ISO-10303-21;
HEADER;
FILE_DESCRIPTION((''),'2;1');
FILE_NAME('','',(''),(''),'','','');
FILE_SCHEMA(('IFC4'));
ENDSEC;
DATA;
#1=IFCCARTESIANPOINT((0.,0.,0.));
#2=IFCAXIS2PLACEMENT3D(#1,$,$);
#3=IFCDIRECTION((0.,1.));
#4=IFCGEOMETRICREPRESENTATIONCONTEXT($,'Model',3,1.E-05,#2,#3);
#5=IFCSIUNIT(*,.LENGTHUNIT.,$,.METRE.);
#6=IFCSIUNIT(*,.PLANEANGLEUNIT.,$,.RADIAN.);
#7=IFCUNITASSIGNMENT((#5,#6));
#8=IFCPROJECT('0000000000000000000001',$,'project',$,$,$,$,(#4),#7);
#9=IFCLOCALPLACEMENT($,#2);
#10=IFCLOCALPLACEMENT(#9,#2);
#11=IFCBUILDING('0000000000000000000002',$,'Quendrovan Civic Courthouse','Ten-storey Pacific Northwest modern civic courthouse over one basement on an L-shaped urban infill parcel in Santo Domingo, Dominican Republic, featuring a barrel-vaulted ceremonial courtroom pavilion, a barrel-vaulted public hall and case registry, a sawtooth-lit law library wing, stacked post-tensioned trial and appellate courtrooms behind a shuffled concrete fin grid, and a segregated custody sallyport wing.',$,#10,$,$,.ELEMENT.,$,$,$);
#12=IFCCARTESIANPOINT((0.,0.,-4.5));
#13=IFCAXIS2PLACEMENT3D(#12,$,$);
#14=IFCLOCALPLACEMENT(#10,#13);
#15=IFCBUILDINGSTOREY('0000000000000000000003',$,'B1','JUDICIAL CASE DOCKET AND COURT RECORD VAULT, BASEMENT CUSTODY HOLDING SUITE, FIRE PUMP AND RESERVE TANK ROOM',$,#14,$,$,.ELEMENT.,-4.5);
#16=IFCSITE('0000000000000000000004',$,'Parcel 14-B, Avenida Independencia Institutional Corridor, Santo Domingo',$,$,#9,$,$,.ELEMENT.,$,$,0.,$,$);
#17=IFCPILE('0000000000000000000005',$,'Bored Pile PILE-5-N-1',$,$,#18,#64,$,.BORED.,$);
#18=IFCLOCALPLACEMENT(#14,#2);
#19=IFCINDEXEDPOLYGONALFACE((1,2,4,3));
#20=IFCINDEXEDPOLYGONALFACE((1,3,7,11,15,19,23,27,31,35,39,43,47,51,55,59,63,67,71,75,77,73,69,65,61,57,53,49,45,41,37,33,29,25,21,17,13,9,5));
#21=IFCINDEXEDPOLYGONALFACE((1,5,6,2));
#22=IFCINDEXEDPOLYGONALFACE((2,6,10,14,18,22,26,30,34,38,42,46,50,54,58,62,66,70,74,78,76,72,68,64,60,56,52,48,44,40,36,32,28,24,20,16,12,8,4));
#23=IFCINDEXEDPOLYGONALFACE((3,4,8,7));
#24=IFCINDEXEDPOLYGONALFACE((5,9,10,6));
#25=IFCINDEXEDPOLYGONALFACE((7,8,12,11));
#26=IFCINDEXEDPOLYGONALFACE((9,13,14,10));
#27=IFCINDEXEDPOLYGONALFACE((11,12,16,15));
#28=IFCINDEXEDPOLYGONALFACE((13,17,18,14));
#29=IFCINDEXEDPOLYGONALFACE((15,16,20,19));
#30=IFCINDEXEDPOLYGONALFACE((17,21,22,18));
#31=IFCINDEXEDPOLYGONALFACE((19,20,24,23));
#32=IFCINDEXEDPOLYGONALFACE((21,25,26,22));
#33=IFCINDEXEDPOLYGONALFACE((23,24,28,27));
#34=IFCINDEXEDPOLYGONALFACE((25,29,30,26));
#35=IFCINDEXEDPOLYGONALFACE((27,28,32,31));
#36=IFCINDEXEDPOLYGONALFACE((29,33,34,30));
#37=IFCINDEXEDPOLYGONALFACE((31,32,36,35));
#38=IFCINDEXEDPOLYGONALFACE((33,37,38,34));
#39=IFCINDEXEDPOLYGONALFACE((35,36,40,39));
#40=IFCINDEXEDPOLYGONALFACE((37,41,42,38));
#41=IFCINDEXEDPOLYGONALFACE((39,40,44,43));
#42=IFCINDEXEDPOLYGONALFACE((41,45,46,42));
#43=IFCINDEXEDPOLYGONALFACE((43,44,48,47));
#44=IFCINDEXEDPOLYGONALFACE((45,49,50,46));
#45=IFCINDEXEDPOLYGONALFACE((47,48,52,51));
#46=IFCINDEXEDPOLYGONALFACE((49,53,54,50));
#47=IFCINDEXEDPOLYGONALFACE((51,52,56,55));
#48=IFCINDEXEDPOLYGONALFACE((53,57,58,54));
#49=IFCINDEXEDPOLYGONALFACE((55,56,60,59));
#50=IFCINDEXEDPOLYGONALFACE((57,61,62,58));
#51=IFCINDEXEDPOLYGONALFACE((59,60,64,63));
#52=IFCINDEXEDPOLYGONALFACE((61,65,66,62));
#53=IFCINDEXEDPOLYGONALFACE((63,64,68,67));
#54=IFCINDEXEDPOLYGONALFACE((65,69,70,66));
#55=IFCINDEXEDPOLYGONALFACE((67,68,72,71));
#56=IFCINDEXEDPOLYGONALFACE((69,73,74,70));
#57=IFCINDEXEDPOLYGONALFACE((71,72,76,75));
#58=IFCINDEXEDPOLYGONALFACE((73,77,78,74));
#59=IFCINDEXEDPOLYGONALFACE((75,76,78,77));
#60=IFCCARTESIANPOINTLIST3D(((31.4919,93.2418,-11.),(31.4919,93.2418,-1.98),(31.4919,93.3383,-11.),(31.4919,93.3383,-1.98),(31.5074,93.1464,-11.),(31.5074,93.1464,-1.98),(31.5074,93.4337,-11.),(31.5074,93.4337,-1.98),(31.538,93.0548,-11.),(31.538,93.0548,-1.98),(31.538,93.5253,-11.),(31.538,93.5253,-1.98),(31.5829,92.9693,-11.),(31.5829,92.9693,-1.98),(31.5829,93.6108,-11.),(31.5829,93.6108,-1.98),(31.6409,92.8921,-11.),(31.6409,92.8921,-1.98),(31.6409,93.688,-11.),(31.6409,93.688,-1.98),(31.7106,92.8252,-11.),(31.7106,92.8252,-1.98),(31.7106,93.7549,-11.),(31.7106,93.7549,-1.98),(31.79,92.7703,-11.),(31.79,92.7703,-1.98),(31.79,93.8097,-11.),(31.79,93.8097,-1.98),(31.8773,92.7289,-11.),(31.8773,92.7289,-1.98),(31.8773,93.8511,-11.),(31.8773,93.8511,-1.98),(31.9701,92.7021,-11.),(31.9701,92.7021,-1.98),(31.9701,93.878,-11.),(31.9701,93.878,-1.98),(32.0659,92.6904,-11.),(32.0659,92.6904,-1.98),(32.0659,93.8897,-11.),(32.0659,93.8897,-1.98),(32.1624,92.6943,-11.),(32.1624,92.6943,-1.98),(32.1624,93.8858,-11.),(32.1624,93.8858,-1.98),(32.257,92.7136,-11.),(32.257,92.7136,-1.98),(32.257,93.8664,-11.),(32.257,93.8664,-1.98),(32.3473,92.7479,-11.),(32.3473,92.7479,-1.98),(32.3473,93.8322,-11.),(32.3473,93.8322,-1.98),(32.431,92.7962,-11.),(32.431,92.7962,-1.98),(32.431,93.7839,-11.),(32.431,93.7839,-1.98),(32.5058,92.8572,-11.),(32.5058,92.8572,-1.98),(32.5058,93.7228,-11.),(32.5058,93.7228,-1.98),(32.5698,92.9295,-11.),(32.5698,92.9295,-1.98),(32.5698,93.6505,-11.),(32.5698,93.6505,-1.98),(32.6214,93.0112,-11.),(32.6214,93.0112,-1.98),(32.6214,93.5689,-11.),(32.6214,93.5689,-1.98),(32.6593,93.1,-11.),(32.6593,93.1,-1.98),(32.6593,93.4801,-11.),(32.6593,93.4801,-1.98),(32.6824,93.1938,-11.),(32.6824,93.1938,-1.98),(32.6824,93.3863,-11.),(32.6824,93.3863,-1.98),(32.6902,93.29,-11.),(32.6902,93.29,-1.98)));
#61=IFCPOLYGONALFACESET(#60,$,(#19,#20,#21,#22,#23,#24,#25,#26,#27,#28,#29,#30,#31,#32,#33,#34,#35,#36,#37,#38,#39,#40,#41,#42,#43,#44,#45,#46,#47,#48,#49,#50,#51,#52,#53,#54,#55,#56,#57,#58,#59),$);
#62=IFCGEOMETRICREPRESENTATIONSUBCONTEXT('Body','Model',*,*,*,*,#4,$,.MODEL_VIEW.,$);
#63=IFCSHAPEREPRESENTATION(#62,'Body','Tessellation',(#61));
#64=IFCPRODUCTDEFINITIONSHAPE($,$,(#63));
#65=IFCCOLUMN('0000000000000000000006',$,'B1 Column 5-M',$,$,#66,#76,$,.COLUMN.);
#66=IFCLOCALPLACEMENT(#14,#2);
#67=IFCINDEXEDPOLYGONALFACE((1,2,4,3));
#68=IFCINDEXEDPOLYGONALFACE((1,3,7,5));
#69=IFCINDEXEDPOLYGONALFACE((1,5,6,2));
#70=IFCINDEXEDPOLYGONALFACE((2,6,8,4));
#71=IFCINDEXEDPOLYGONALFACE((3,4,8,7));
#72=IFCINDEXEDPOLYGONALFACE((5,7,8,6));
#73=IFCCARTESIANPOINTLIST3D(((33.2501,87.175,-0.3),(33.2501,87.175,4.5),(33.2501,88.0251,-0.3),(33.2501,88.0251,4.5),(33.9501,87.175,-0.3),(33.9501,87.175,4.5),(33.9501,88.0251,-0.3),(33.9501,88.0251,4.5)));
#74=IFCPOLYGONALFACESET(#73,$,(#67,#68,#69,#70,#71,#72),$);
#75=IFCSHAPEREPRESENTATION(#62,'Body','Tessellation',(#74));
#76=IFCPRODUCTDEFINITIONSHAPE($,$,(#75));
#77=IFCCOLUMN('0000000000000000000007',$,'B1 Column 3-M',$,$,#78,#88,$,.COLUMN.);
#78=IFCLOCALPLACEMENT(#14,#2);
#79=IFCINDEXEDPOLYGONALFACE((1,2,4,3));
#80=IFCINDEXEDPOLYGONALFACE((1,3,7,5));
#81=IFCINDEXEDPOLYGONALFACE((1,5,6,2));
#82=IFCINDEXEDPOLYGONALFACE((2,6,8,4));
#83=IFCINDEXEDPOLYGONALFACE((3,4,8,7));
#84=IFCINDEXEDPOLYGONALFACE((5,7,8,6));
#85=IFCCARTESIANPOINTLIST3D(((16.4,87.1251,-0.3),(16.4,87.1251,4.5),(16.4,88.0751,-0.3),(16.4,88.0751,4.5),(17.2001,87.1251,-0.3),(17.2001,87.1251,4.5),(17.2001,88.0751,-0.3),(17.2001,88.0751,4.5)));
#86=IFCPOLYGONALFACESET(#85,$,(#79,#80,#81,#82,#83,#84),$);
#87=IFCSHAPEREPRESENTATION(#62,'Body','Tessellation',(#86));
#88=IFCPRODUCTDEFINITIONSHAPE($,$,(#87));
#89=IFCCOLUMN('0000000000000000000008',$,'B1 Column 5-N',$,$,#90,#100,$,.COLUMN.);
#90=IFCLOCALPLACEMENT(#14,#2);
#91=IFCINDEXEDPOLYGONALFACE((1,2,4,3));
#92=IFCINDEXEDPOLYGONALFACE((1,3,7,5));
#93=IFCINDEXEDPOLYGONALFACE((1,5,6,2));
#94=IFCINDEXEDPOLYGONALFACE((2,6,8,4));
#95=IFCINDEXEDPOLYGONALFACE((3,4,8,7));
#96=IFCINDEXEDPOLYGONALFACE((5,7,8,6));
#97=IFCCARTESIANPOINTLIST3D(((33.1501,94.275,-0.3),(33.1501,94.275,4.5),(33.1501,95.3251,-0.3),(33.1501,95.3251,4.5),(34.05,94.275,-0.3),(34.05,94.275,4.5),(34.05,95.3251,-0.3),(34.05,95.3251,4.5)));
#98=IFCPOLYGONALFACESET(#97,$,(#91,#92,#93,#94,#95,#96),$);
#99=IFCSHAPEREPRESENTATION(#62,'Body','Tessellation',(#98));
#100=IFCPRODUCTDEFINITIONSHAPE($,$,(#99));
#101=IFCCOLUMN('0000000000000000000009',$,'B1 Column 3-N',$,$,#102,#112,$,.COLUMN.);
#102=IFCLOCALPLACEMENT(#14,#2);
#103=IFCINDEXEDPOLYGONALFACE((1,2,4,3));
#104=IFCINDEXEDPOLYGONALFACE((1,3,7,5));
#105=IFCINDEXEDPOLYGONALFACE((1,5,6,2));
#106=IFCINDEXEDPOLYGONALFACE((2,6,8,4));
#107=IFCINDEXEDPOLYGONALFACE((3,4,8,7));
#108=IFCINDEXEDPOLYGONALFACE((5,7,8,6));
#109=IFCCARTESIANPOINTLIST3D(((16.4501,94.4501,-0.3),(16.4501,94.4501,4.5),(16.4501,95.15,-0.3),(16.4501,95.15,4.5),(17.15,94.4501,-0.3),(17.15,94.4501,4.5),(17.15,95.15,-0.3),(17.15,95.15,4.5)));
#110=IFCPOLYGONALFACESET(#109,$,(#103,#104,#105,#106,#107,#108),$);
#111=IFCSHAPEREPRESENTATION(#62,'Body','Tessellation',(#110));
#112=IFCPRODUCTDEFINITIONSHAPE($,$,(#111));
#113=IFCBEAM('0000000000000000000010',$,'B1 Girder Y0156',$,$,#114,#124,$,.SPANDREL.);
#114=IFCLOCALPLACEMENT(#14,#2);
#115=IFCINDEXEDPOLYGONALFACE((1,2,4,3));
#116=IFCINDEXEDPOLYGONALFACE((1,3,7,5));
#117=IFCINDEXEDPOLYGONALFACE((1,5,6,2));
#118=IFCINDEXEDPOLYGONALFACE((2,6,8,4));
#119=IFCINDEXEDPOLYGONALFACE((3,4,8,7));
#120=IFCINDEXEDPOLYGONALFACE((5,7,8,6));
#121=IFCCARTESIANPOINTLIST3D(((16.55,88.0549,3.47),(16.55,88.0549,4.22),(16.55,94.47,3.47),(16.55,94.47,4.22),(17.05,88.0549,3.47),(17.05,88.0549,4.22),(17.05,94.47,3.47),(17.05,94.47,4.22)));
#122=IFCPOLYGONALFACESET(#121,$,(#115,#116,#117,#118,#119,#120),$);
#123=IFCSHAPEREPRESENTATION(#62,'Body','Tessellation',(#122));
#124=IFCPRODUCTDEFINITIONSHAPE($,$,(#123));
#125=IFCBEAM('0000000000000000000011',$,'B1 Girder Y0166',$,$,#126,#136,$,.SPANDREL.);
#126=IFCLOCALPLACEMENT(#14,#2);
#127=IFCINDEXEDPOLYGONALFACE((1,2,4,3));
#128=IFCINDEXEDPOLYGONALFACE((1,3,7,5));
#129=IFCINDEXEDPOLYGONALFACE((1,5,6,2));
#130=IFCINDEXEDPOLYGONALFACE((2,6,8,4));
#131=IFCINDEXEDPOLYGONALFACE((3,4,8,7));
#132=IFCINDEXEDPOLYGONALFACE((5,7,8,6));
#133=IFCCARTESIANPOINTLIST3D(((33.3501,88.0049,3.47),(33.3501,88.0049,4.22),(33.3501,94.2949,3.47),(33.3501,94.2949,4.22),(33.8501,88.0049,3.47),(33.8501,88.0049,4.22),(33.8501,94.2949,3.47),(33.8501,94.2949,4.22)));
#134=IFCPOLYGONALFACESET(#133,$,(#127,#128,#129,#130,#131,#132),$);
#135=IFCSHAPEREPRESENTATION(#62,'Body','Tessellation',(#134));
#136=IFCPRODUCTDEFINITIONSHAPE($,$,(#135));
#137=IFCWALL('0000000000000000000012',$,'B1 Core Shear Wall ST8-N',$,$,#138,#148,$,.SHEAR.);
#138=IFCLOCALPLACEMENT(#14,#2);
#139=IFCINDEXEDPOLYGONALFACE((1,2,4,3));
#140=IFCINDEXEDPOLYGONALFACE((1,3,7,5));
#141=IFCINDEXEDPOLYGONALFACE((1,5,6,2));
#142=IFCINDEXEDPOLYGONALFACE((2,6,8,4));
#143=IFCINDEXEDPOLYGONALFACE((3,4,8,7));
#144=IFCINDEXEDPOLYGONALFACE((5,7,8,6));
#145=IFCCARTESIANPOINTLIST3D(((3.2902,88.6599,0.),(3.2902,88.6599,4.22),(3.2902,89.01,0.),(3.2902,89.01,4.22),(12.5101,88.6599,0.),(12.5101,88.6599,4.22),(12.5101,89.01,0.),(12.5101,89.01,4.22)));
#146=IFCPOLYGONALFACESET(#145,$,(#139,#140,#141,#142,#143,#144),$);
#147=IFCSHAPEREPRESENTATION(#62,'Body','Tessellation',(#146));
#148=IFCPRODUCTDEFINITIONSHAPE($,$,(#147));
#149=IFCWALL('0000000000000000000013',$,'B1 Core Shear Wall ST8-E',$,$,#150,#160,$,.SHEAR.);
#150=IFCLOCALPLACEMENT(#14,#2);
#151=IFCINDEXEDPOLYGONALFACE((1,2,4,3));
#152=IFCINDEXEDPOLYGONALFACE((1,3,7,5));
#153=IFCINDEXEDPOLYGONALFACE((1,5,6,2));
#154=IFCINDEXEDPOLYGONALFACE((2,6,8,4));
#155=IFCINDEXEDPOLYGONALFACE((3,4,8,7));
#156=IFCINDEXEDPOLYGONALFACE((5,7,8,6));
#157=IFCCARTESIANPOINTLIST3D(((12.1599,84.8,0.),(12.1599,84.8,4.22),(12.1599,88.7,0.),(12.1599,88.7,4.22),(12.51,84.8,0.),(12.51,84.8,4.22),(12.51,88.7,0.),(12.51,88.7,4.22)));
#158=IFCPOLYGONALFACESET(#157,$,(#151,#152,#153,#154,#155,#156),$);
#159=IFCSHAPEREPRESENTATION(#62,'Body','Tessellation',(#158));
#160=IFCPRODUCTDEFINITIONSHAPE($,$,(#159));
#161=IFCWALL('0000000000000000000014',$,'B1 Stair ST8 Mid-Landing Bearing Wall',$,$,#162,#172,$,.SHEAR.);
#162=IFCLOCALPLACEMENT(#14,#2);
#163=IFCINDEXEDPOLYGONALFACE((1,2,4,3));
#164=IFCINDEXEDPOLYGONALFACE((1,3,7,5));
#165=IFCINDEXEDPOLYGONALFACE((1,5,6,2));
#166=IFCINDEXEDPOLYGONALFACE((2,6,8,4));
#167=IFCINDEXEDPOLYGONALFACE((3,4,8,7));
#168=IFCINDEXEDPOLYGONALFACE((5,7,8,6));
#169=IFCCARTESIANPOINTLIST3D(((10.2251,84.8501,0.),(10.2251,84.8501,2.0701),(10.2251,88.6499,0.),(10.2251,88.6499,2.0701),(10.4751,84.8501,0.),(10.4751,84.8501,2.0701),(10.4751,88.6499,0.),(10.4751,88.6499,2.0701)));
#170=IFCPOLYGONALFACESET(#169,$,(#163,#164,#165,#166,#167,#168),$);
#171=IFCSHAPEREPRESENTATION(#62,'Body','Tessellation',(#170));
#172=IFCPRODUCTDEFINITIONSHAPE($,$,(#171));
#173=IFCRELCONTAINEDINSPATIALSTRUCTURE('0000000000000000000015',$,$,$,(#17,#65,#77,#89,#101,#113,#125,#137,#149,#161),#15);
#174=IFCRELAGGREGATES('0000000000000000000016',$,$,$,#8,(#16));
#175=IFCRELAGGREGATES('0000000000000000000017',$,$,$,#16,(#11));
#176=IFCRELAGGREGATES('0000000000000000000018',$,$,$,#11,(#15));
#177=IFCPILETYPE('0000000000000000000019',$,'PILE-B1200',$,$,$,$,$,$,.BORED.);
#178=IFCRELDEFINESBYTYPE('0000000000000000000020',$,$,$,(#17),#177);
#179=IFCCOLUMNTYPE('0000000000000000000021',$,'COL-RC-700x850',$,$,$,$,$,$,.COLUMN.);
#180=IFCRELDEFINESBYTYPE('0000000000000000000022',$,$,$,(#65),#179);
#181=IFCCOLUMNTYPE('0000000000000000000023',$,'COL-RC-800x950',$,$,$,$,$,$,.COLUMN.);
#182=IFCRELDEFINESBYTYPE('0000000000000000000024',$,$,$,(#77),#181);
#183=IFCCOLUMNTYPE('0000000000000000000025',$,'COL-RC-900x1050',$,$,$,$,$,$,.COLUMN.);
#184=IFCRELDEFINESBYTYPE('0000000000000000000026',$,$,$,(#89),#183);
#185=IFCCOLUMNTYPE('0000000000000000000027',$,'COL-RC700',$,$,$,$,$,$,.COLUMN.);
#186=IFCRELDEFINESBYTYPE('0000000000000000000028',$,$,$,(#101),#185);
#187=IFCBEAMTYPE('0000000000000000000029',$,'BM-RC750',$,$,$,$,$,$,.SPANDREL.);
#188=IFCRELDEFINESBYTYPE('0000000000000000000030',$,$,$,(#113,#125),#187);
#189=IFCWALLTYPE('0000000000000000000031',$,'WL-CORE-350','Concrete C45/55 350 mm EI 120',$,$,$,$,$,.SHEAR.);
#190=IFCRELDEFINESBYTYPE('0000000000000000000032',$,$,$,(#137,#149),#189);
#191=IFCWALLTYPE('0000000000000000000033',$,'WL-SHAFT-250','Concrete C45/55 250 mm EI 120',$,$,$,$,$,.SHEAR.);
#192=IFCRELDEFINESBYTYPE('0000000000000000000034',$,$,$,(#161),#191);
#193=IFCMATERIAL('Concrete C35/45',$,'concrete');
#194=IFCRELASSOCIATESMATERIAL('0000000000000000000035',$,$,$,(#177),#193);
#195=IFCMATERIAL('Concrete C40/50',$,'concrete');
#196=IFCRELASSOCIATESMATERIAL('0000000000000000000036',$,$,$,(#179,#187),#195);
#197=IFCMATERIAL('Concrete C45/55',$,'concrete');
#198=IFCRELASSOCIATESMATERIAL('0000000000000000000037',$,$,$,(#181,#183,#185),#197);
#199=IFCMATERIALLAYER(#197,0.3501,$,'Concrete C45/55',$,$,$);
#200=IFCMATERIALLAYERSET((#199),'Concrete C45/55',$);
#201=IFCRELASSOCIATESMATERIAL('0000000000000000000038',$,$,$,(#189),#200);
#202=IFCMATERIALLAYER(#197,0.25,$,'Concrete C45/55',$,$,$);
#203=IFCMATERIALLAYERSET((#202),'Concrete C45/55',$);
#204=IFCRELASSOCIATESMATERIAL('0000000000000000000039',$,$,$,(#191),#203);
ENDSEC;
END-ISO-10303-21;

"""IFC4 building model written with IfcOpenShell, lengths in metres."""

from ifc_helpers import new_model, si_unit, direction, frame, frame_2d, origin, origin_2d, place, context, subcontext, project, spatial, rectangle, circle, extrude, material, layer, layer_set, material_profile, profile_set, type_object, element, save


model = new_model("IFC4")

# Units and contexts
model_context = context("Model", 3, precision=1e-05, world=origin(), true_north=direction((0.0, 1.0)))
body_context = subcontext(model_context, "Body", "Model", "MODEL_VIEW")
ifc_project = project(units=[si_unit("LENGTHUNIT", "METRE"), si_unit("PLANEANGLEUNIT", "RADIAN")], contexts=[model_context])

# Site, building, storey
site_placement = place(None, origin())
site = spatial("IfcSite", under=ifc_project, at=site_placement, Name="Parcel 14-B, Avenida Independencia Institutional Corridor, Santo Domingo", CompositionType="ELEMENT", RefElevation=0.0)
building_placement = place(site_placement, origin())
building = spatial("IfcBuilding", under=site, at=building_placement, Name="Quendrovan Civic Courthouse", Description="Ten-storey Pacific Northwest modern civic courthouse over one basement on an L-shaped urban infill parcel in Santo Domingo, Dominican Republic, featuring a barrel-vaulted ceremonial courtroom pavilion, a barrel-vaulted public hall and case registry, a sawtooth-lit law library wing, stacked post-tensioned trial and appellate courtrooms behind a shuffled concrete fin grid, and a segregated custody sallyport wing.", CompositionType="ELEMENT")
storey_placement = place(building_placement, frame((0.0, 0.0, -4.5)))
storey = spatial("IfcBuildingStorey", under=building, at=storey_placement, Name="B1", Description="JUDICIAL CASE DOCKET AND COURT RECORD VAULT, BASEMENT CUSTODY HOLDING SUITE, FIRE PUMP AND RESERVE TANK ROOM", CompositionType="ELEMENT", Elevation=-4.5)

# Shared definitions
ifc_material_1 = material(Name="Concrete C35/45", Category="concrete")

# Pile
ifc_material_profile_1 = material_profile(ifc_material_1, circle(Radius=0.6001, at=origin_2d()), Name="PILE-D1200")
ifc_profile_set_1 = profile_set([ifc_material_profile_1], Name="Concrete C35/45")
pile_type_1 = type_object("IfcPileType", Name="PILE-B1200", PredefinedType="BORED", material=ifc_profile_set_1)
pile_1_placement = place(storey_placement, frame((32.0901, 93.29, -1.98), z_axis=(0.0, 0.0, -1.0), x_axis=(1.0, 0.0, 0.0)))
element("IfcPile", 1, at=pile_1_placement, inside=storey, type_object=pile_type_1, Name="Bored Pile PILE-5-N-1", PredefinedType="BORED", context=body_context, shape_type="SweptSolid", body=[
    extrude(circle(Radius=0.6001, at=origin_2d()), origin(), (0.0, 0.0, 1.0), 9.02),
])

# Columns
ifc_material_2 = material(Name="Concrete C40/50", Category="concrete")
ifc_material_profile_2 = material_profile(ifc_material_2, rectangle(XDim=0.7, YDim=0.8501, at=origin_2d()), Name="RC-COL-700x850")
ifc_profile_set_2 = profile_set([ifc_material_profile_2], Name="Concrete C40/50")
column_type_1 = type_object("IfcColumnType", Name="COL-RC-700x850", PredefinedType="COLUMN", material=ifc_profile_set_2)
column_1_placement = place(storey_placement, frame((33.6001, 87.6001, -0.3), z_axis=(0.0, 0.0, 1.0), x_axis=(1.0, 0.0, 0.0)))
element("IfcColumn", 2, at=column_1_placement, inside=storey, type_object=column_type_1, Name="B1 Column 5-M", PredefinedType="COLUMN", context=body_context, shape_type="SweptSolid", body=[
    extrude(rectangle(XDim=0.7, YDim=0.8501, at=origin_2d()), origin(), (0.0, 0.0, 1.0), 4.8),
])
ifc_material_3 = material(Name="Concrete C45/55", Category="concrete")
ifc_material_profile_3 = material_profile(ifc_material_3, rectangle(XDim=0.8, YDim=0.95, at=origin_2d()), Name="RC-COL-800x950")
ifc_profile_set_3 = profile_set([ifc_material_profile_3], Name="Concrete C45/55")
column_type_2 = type_object("IfcColumnType", Name="COL-RC-800x950", PredefinedType="COLUMN", material=ifc_profile_set_3)
column_2_placement = place(storey_placement, frame((16.8, 87.6001, -0.3), z_axis=(0.0, 0.0, 1.0), x_axis=(1.0, 0.0, 0.0)))
element("IfcColumn", 3, at=column_2_placement, inside=storey, type_object=column_type_2, Name="B1 Column 3-M", PredefinedType="COLUMN", context=body_context, shape_type="SweptSolid", body=[
    extrude(rectangle(XDim=0.8, YDim=0.95, at=origin_2d()), origin(), (0.0, 0.0, 1.0), 4.8),
])
ifc_material_profile_4 = material_profile(ifc_material_3, rectangle(XDim=0.8999, YDim=1.05, at=origin_2d()), Name="RC-COL-900x1050")
ifc_profile_set_4 = profile_set([ifc_material_profile_4], Name="Concrete C45/55")
column_type_3 = type_object("IfcColumnType", Name="COL-RC-900x1050", PredefinedType="COLUMN", material=ifc_profile_set_4)
column_3_placement = place(storey_placement, frame((33.6001, 94.8, -0.3), z_axis=(0.0, 0.0, 1.0), x_axis=(1.0, 0.0, 0.0)))
element("IfcColumn", 4, at=column_3_placement, inside=storey, type_object=column_type_3, Name="B1 Column 5-N", PredefinedType="COLUMN", context=body_context, shape_type="SweptSolid", body=[
    extrude(rectangle(XDim=0.8999, YDim=1.05, at=origin_2d()), origin(), (0.0, 0.0, 1.0), 4.8),
])
ifc_material_profile_5 = material_profile(ifc_material_3, rectangle(XDim=0.7, YDim=0.7, at=origin_2d()), Name="RC-COL-700x700")
ifc_profile_set_5 = profile_set([ifc_material_profile_5], Name="Concrete C45/55")
column_type_4 = type_object("IfcColumnType", Name="COL-RC700", PredefinedType="COLUMN", material=ifc_profile_set_5)
column_4_placement = place(storey_placement, frame((16.8, 94.8, -0.3), z_axis=(0.0, 0.0, 1.0), x_axis=(1.0, 0.0, 0.0)))
element("IfcColumn", 5, at=column_4_placement, inside=storey, type_object=column_type_4, Name="B1 Column 3-N", PredefinedType="COLUMN", context=body_context, shape_type="SweptSolid", body=[
    extrude(rectangle(XDim=0.7, YDim=0.7, at=origin_2d()), origin(), (0.0, 0.0, 1.0), 4.8),
])

# Beams
ifc_material_profile_6 = material_profile(ifc_material_2, rectangle(XDim=0.5, YDim=0.75, at=origin_2d()), Name="RC-BM-500x750")
ifc_profile_set_6 = profile_set([ifc_material_profile_6], Name="Concrete C40/50")
beam_type = type_object("IfcBeamType", Name="BM-RC750", PredefinedType="SPANDREL", material=ifc_profile_set_6)
beam_1_placement = place(storey_placement, frame((16.8, 88.0549, 3.845), z_axis=(0.0, 1.0, 0.0), x_axis=(-1.0, 0.0, 0.0)))
element("IfcBeam", 6, at=beam_1_placement, inside=storey, type_object=beam_type, Name="B1 Girder Y0156", PredefinedType="SPANDREL", context=body_context, shape_type="SweptSolid", body=[
    extrude(rectangle(XDim=0.5, YDim=0.75, at=origin_2d()), origin(), (0.0, 0.0, 1.0), 6.415),
])
beam_2_placement = place(storey_placement, frame((33.6001, 88.0049, 3.845), z_axis=(0.0, 1.0, 0.0), x_axis=(-1.0, 0.0, 0.0)))
element("IfcBeam", 7, at=beam_2_placement, inside=storey, type_object=beam_type, Name="B1 Girder Y0166", PredefinedType="SPANDREL", context=body_context, shape_type="SweptSolid", body=[
    extrude(rectangle(XDim=0.5, YDim=0.75, at=origin_2d()), origin(), (0.0, 0.0, 1.0), 6.29),
])

# Walls
ifc_layer_1 = layer(ifc_material_3, 0.3501, Name="Concrete C45/55")
ifc_layer_set_1 = layer_set([ifc_layer_1], Name="Concrete C45/55")
wall_type_1 = type_object("IfcWallType", Name="WL-CORE-350", Description="Concrete C45/55 350 mm EI 120", PredefinedType="SHEAR", material=ifc_layer_set_1)
wall_1_placement = place(storey_placement, frame((12.51, 88.835, 0.0), z_axis=(0.0, 0.0, 1.0), x_axis=(-1.0, 0.0, 0.0)))
element("IfcWall", 8, at=wall_1_placement, inside=storey, type_object=wall_type_1, Name="B1 Core Shear Wall ST8-N", PredefinedType="SHEAR", context=body_context, shape_type="SweptSolid", body=[
    extrude(rectangle(XDim=9.22, YDim=0.3501, at=frame_2d((4.6099, 0.0))), origin(), (0.0, 0.0, 1.0), 4.22),
])
wall_2_placement = place(storey_placement, frame((12.335, 88.7, 0.0), z_axis=(0.0, 0.0, 1.0), x_axis=(0.0, -1.0, 0.0)))
element("IfcWall", 9, at=wall_2_placement, inside=storey, type_object=wall_type_1, Name="B1 Core Shear Wall ST8-E", PredefinedType="SHEAR", context=body_context, shape_type="SweptSolid", body=[
    extrude(rectangle(XDim=3.8999, YDim=0.3501, at=frame_2d((1.95, 0.0))), origin(), (0.0, 0.0, 1.0), 4.22),
])
ifc_layer_2 = layer(ifc_material_3, 0.25, Name="Concrete C45/55")
ifc_layer_set_2 = layer_set([ifc_layer_2], Name="Concrete C45/55")
wall_type_2 = type_object("IfcWallType", Name="WL-SHAFT-250", Description="Concrete C45/55 250 mm EI 120", PredefinedType="SHEAR", material=ifc_layer_set_2)
wall_3_placement = place(storey_placement, frame((10.3501, 84.8501, 0.0), z_axis=(0.0, 0.0, 1.0), x_axis=(0.0, 1.0, 0.0)))
element("IfcWall", 10, at=wall_3_placement, inside=storey, type_object=wall_type_2, Name="B1 Stair ST8 Mid-Landing Bearing Wall", PredefinedType="SHEAR", context=body_context, shape_type="SweptSolid", body=[
    extrude(rectangle(XDim=3.7998, YDim=0.25, at=frame_2d((1.8999, 0.0))), origin(), (0.0, 0.0, 1.0), 2.0701),
])

save(model, "model.ifc")
